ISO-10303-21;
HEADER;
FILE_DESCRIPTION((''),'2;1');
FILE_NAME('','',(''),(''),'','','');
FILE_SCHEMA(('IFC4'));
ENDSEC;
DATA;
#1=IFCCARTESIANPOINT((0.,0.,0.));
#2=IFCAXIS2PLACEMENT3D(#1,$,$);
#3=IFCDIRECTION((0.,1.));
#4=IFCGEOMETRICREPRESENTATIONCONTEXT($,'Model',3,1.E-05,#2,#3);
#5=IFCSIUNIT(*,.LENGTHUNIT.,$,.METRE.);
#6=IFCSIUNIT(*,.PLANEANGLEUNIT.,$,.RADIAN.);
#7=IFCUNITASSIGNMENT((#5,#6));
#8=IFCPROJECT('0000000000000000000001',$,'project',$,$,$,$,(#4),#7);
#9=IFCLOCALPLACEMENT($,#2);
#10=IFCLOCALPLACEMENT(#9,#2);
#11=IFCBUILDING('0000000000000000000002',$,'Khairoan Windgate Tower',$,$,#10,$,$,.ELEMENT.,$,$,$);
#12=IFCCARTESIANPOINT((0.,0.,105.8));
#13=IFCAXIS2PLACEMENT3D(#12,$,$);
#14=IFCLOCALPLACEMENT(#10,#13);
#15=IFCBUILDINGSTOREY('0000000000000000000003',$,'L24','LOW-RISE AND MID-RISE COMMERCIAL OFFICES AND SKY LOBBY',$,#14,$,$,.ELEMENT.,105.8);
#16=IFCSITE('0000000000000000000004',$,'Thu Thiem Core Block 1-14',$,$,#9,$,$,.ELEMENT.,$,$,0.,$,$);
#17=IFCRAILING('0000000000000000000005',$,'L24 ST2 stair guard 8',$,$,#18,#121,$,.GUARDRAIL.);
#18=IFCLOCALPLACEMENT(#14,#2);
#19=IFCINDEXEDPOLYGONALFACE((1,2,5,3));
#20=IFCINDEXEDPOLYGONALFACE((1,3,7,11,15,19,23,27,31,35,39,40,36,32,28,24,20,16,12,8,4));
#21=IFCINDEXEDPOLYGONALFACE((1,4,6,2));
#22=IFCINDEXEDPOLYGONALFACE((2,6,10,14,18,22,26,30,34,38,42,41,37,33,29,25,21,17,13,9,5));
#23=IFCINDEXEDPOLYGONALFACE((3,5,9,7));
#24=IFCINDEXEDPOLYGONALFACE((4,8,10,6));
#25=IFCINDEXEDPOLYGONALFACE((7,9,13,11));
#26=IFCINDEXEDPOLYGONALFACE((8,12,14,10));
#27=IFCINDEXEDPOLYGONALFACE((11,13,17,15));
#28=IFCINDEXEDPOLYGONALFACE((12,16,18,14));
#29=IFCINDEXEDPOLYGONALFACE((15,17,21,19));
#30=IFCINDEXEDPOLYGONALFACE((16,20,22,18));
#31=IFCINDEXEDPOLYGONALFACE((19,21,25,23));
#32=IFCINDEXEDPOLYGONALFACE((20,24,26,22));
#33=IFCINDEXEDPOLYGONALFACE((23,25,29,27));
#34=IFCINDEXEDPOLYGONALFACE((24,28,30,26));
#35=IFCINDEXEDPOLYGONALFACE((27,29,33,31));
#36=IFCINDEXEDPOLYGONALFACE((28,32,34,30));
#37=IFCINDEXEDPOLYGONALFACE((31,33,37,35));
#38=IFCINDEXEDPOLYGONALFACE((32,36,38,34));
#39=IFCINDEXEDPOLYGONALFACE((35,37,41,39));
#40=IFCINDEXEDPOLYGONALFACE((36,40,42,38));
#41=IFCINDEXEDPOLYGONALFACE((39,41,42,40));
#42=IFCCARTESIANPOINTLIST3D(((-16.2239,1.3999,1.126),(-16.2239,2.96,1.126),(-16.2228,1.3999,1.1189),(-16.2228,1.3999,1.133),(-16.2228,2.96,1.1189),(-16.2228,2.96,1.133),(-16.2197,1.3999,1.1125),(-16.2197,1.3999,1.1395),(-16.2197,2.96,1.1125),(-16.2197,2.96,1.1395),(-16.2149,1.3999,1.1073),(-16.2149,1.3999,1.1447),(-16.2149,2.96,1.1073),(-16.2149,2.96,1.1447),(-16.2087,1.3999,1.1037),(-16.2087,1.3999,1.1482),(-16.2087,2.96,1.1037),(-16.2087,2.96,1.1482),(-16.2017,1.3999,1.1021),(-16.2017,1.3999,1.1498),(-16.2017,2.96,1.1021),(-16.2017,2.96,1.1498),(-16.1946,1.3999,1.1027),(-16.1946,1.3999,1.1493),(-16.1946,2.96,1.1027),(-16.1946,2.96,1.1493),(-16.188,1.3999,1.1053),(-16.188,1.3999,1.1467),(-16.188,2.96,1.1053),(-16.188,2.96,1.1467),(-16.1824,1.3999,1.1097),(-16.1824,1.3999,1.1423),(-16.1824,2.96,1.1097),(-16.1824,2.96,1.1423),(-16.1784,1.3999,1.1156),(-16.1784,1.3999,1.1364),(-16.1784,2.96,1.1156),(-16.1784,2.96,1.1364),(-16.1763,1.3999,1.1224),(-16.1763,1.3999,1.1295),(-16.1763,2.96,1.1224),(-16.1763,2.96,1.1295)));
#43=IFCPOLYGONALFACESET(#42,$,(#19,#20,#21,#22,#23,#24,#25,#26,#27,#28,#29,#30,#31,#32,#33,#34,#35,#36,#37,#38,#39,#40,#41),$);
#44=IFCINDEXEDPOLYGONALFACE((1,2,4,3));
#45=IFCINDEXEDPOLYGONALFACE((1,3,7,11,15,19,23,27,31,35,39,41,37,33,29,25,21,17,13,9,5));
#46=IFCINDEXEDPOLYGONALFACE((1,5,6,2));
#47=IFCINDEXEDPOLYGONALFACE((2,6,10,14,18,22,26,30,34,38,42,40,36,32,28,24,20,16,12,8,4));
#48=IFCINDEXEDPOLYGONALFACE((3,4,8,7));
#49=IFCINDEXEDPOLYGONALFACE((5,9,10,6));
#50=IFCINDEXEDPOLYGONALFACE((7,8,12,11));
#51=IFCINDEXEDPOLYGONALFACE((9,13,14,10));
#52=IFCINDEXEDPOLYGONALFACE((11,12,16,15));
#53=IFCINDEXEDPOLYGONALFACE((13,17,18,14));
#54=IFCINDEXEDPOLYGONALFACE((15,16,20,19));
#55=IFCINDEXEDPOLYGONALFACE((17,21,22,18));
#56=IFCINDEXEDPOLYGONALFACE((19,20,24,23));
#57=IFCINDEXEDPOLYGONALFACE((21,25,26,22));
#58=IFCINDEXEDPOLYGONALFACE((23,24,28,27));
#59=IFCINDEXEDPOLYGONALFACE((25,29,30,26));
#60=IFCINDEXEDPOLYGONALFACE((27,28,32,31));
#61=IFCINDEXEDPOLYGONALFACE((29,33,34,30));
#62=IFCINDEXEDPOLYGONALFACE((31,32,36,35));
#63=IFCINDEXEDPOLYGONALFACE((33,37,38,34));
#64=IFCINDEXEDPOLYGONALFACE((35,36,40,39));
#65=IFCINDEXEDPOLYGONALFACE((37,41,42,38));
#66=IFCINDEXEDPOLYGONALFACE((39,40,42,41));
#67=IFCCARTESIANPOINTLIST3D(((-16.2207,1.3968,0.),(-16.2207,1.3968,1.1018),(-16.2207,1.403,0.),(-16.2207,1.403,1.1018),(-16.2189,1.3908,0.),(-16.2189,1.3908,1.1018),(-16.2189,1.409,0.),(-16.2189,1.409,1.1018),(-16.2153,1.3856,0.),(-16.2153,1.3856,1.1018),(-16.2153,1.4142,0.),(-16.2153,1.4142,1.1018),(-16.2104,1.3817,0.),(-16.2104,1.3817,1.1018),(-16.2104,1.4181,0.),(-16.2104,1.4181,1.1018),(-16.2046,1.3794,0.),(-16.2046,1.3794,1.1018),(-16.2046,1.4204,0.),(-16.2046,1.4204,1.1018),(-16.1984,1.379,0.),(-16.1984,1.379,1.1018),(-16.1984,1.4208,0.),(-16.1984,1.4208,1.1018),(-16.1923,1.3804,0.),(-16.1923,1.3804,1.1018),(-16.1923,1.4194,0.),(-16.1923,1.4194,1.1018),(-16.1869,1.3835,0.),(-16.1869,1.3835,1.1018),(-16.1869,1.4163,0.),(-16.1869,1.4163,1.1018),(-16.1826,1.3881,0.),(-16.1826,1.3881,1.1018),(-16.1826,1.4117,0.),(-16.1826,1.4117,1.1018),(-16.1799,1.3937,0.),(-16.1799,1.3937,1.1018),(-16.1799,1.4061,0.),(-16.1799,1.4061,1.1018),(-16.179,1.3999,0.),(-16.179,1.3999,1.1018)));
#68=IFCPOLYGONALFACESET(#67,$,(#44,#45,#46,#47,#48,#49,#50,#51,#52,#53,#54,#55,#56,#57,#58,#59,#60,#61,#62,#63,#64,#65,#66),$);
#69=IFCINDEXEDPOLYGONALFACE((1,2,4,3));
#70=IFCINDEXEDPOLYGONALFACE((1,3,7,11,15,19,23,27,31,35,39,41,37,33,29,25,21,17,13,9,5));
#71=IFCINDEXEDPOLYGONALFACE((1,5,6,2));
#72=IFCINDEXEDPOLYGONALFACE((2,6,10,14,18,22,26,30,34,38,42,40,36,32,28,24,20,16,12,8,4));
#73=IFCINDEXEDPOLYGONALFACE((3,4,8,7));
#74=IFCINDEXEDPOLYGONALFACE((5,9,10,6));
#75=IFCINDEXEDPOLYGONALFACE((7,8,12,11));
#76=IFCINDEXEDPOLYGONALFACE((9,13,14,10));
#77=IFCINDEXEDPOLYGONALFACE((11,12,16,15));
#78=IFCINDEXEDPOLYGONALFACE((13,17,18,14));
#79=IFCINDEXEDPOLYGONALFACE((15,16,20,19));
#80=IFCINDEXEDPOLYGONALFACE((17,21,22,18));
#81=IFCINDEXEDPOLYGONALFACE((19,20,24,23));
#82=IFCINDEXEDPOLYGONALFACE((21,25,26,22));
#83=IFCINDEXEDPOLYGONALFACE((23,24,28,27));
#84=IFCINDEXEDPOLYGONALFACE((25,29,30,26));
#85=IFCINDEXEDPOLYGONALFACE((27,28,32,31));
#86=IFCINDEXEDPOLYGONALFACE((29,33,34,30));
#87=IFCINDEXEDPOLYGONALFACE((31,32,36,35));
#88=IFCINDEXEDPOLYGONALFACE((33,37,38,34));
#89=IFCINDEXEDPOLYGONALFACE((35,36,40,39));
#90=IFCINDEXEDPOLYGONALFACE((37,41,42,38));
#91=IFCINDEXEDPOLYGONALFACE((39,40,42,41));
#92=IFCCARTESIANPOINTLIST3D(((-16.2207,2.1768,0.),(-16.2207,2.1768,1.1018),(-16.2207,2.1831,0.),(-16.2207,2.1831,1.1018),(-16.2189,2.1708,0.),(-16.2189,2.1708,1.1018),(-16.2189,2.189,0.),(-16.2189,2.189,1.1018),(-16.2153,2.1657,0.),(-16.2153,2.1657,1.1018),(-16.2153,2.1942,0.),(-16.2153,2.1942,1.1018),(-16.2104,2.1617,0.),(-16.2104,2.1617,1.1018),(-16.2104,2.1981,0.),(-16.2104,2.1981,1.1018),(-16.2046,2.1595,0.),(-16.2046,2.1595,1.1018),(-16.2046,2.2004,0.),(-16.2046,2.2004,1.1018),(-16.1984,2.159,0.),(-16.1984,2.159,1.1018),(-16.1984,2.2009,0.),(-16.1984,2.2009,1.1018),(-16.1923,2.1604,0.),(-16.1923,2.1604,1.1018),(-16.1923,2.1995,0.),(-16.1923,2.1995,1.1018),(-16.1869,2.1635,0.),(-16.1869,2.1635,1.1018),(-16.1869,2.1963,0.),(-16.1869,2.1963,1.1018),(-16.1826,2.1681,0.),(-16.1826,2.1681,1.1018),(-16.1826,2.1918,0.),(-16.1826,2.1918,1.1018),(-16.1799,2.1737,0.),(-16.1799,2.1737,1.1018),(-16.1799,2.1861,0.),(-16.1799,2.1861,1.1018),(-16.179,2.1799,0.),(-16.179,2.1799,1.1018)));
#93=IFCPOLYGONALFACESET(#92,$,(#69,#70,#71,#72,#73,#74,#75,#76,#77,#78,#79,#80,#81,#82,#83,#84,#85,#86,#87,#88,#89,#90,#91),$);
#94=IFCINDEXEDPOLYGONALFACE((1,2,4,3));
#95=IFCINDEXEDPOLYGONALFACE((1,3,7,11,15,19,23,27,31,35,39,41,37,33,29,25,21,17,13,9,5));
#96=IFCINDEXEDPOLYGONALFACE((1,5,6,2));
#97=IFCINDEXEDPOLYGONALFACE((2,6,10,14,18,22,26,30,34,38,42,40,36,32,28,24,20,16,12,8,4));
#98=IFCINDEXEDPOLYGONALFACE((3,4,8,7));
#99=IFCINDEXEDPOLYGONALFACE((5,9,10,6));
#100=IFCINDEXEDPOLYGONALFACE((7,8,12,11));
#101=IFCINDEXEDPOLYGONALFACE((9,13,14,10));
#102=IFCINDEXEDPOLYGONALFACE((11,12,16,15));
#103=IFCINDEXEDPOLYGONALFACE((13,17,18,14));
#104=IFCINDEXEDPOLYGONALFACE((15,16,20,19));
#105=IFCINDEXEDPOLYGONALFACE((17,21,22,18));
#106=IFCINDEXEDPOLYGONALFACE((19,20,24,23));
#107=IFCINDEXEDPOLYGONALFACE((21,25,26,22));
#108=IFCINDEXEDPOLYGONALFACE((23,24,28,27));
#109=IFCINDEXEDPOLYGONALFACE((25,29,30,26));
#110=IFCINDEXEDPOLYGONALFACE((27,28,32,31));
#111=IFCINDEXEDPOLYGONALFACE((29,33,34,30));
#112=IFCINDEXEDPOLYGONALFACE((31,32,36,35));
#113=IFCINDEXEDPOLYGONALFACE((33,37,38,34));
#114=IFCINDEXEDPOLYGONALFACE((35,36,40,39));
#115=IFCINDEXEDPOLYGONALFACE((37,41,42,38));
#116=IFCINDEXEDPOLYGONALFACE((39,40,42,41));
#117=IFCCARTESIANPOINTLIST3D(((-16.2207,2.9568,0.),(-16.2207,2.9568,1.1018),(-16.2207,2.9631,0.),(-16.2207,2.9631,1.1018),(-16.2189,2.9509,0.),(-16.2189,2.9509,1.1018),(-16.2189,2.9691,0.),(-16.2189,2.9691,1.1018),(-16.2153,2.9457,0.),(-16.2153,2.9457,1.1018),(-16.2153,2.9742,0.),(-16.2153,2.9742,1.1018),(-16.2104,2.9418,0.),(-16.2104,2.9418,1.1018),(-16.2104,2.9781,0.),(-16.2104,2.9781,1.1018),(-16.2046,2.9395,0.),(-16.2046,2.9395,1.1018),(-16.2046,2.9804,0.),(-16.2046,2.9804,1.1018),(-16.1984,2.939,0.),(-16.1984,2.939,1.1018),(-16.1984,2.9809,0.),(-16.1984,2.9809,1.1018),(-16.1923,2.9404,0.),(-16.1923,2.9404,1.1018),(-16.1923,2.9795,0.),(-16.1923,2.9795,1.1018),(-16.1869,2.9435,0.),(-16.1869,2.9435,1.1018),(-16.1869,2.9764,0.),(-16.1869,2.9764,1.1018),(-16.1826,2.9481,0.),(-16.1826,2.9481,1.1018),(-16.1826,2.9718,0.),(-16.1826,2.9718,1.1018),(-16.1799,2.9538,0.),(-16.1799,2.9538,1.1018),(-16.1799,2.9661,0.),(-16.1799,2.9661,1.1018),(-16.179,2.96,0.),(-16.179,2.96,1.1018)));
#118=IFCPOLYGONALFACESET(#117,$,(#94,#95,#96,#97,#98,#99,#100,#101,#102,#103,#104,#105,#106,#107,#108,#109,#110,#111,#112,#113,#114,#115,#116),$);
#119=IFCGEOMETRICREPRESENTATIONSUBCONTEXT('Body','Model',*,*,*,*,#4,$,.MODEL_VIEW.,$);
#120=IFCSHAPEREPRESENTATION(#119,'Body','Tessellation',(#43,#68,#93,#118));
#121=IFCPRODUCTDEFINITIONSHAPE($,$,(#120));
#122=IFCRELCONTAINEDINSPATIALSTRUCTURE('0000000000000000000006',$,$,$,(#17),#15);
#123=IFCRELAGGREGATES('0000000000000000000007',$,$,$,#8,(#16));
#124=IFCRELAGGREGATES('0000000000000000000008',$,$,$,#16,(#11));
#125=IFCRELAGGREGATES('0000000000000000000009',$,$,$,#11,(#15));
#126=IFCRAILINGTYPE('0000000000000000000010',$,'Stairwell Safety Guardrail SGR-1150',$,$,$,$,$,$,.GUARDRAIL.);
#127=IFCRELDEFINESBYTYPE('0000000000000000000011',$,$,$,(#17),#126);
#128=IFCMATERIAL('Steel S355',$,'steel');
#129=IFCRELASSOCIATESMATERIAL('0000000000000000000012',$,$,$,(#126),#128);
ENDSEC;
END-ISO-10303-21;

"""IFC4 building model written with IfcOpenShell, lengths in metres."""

from ifc_helpers import new_model, si_unit, direction, frame, origin, origin_2d, place, context, subcontext, project, spatial, circle, extrude, material, type_object, element, save


model = new_model("IFC4")

# Units and contexts
model_context = context("Model", 3, precision=1e-05, world=origin(), true_north=direction((0.0, 1.0)))
body_context = subcontext(model_context, "Body", "Model", "MODEL_VIEW")
ifc_project = project(units=[si_unit("LENGTHUNIT", "METRE"), si_unit("PLANEANGLEUNIT", "RADIAN")], contexts=[model_context])

# Site, building, storey
site_placement = place(None, origin())
site = spatial("IfcSite", under=ifc_project, at=site_placement, Name="Thu Thiem Core Block 1-14", CompositionType="ELEMENT", RefElevation=0.0)
building_placement = place(site_placement, origin())
building = spatial("IfcBuilding", under=site, at=building_placement, Name="Khairoan Windgate Tower", CompositionType="ELEMENT")
storey_placement = place(building_placement, frame((0.0, 0.0, 105.8)))
storey = spatial("IfcBuildingStorey", under=building, at=storey_placement, Name="L24", Description="LOW-RISE AND MID-RISE COMMERCIAL OFFICES AND SKY LOBBY", CompositionType="ELEMENT", Elevation=105.8)

# Railing
ifc_material_1 = material(Name="Steel S355", Category="steel")
railing_type_1 = type_object("IfcRailingType", Name="Stairwell Safety Guardrail SGR-1150", PredefinedType="GUARDRAIL", material=ifc_material_1)
railing_1_placement = place(storey_placement, frame((-16.2, 1.3999, 0.0)))
element("IfcRailing", 1, at=railing_1_placement, inside=storey, type_object=railing_type_1, Name="L24 ST2 stair guard 8", PredefinedType="GUARDRAIL", context=body_context, shape_type="SweptSolid", body=[
    extrude(circle(Radius=0.0239, at=origin_2d()), frame((0.0, 0.0, 1.126), z_axis=(0.0, 1.0, 0.0), x_axis=(-1.0, 0.0, 0.0)), (0.0, 0.0, 1.0), 1.5601),
    extrude(circle(Radius=0.021, at=origin_2d()), origin(), (0.0, 0.0, 1.0), 1.1018),
    extrude(circle(Radius=0.021, at=origin_2d()), frame((0.0, 0.78, 0.0)), (0.0, 0.0, 1.0), 1.1018),
    extrude(circle(Radius=0.021, at=origin_2d()), frame((0.0, 1.5601, 0.0)), (0.0, 0.0, 1.0), 1.1018),
])

save(model, "model.ifc")
